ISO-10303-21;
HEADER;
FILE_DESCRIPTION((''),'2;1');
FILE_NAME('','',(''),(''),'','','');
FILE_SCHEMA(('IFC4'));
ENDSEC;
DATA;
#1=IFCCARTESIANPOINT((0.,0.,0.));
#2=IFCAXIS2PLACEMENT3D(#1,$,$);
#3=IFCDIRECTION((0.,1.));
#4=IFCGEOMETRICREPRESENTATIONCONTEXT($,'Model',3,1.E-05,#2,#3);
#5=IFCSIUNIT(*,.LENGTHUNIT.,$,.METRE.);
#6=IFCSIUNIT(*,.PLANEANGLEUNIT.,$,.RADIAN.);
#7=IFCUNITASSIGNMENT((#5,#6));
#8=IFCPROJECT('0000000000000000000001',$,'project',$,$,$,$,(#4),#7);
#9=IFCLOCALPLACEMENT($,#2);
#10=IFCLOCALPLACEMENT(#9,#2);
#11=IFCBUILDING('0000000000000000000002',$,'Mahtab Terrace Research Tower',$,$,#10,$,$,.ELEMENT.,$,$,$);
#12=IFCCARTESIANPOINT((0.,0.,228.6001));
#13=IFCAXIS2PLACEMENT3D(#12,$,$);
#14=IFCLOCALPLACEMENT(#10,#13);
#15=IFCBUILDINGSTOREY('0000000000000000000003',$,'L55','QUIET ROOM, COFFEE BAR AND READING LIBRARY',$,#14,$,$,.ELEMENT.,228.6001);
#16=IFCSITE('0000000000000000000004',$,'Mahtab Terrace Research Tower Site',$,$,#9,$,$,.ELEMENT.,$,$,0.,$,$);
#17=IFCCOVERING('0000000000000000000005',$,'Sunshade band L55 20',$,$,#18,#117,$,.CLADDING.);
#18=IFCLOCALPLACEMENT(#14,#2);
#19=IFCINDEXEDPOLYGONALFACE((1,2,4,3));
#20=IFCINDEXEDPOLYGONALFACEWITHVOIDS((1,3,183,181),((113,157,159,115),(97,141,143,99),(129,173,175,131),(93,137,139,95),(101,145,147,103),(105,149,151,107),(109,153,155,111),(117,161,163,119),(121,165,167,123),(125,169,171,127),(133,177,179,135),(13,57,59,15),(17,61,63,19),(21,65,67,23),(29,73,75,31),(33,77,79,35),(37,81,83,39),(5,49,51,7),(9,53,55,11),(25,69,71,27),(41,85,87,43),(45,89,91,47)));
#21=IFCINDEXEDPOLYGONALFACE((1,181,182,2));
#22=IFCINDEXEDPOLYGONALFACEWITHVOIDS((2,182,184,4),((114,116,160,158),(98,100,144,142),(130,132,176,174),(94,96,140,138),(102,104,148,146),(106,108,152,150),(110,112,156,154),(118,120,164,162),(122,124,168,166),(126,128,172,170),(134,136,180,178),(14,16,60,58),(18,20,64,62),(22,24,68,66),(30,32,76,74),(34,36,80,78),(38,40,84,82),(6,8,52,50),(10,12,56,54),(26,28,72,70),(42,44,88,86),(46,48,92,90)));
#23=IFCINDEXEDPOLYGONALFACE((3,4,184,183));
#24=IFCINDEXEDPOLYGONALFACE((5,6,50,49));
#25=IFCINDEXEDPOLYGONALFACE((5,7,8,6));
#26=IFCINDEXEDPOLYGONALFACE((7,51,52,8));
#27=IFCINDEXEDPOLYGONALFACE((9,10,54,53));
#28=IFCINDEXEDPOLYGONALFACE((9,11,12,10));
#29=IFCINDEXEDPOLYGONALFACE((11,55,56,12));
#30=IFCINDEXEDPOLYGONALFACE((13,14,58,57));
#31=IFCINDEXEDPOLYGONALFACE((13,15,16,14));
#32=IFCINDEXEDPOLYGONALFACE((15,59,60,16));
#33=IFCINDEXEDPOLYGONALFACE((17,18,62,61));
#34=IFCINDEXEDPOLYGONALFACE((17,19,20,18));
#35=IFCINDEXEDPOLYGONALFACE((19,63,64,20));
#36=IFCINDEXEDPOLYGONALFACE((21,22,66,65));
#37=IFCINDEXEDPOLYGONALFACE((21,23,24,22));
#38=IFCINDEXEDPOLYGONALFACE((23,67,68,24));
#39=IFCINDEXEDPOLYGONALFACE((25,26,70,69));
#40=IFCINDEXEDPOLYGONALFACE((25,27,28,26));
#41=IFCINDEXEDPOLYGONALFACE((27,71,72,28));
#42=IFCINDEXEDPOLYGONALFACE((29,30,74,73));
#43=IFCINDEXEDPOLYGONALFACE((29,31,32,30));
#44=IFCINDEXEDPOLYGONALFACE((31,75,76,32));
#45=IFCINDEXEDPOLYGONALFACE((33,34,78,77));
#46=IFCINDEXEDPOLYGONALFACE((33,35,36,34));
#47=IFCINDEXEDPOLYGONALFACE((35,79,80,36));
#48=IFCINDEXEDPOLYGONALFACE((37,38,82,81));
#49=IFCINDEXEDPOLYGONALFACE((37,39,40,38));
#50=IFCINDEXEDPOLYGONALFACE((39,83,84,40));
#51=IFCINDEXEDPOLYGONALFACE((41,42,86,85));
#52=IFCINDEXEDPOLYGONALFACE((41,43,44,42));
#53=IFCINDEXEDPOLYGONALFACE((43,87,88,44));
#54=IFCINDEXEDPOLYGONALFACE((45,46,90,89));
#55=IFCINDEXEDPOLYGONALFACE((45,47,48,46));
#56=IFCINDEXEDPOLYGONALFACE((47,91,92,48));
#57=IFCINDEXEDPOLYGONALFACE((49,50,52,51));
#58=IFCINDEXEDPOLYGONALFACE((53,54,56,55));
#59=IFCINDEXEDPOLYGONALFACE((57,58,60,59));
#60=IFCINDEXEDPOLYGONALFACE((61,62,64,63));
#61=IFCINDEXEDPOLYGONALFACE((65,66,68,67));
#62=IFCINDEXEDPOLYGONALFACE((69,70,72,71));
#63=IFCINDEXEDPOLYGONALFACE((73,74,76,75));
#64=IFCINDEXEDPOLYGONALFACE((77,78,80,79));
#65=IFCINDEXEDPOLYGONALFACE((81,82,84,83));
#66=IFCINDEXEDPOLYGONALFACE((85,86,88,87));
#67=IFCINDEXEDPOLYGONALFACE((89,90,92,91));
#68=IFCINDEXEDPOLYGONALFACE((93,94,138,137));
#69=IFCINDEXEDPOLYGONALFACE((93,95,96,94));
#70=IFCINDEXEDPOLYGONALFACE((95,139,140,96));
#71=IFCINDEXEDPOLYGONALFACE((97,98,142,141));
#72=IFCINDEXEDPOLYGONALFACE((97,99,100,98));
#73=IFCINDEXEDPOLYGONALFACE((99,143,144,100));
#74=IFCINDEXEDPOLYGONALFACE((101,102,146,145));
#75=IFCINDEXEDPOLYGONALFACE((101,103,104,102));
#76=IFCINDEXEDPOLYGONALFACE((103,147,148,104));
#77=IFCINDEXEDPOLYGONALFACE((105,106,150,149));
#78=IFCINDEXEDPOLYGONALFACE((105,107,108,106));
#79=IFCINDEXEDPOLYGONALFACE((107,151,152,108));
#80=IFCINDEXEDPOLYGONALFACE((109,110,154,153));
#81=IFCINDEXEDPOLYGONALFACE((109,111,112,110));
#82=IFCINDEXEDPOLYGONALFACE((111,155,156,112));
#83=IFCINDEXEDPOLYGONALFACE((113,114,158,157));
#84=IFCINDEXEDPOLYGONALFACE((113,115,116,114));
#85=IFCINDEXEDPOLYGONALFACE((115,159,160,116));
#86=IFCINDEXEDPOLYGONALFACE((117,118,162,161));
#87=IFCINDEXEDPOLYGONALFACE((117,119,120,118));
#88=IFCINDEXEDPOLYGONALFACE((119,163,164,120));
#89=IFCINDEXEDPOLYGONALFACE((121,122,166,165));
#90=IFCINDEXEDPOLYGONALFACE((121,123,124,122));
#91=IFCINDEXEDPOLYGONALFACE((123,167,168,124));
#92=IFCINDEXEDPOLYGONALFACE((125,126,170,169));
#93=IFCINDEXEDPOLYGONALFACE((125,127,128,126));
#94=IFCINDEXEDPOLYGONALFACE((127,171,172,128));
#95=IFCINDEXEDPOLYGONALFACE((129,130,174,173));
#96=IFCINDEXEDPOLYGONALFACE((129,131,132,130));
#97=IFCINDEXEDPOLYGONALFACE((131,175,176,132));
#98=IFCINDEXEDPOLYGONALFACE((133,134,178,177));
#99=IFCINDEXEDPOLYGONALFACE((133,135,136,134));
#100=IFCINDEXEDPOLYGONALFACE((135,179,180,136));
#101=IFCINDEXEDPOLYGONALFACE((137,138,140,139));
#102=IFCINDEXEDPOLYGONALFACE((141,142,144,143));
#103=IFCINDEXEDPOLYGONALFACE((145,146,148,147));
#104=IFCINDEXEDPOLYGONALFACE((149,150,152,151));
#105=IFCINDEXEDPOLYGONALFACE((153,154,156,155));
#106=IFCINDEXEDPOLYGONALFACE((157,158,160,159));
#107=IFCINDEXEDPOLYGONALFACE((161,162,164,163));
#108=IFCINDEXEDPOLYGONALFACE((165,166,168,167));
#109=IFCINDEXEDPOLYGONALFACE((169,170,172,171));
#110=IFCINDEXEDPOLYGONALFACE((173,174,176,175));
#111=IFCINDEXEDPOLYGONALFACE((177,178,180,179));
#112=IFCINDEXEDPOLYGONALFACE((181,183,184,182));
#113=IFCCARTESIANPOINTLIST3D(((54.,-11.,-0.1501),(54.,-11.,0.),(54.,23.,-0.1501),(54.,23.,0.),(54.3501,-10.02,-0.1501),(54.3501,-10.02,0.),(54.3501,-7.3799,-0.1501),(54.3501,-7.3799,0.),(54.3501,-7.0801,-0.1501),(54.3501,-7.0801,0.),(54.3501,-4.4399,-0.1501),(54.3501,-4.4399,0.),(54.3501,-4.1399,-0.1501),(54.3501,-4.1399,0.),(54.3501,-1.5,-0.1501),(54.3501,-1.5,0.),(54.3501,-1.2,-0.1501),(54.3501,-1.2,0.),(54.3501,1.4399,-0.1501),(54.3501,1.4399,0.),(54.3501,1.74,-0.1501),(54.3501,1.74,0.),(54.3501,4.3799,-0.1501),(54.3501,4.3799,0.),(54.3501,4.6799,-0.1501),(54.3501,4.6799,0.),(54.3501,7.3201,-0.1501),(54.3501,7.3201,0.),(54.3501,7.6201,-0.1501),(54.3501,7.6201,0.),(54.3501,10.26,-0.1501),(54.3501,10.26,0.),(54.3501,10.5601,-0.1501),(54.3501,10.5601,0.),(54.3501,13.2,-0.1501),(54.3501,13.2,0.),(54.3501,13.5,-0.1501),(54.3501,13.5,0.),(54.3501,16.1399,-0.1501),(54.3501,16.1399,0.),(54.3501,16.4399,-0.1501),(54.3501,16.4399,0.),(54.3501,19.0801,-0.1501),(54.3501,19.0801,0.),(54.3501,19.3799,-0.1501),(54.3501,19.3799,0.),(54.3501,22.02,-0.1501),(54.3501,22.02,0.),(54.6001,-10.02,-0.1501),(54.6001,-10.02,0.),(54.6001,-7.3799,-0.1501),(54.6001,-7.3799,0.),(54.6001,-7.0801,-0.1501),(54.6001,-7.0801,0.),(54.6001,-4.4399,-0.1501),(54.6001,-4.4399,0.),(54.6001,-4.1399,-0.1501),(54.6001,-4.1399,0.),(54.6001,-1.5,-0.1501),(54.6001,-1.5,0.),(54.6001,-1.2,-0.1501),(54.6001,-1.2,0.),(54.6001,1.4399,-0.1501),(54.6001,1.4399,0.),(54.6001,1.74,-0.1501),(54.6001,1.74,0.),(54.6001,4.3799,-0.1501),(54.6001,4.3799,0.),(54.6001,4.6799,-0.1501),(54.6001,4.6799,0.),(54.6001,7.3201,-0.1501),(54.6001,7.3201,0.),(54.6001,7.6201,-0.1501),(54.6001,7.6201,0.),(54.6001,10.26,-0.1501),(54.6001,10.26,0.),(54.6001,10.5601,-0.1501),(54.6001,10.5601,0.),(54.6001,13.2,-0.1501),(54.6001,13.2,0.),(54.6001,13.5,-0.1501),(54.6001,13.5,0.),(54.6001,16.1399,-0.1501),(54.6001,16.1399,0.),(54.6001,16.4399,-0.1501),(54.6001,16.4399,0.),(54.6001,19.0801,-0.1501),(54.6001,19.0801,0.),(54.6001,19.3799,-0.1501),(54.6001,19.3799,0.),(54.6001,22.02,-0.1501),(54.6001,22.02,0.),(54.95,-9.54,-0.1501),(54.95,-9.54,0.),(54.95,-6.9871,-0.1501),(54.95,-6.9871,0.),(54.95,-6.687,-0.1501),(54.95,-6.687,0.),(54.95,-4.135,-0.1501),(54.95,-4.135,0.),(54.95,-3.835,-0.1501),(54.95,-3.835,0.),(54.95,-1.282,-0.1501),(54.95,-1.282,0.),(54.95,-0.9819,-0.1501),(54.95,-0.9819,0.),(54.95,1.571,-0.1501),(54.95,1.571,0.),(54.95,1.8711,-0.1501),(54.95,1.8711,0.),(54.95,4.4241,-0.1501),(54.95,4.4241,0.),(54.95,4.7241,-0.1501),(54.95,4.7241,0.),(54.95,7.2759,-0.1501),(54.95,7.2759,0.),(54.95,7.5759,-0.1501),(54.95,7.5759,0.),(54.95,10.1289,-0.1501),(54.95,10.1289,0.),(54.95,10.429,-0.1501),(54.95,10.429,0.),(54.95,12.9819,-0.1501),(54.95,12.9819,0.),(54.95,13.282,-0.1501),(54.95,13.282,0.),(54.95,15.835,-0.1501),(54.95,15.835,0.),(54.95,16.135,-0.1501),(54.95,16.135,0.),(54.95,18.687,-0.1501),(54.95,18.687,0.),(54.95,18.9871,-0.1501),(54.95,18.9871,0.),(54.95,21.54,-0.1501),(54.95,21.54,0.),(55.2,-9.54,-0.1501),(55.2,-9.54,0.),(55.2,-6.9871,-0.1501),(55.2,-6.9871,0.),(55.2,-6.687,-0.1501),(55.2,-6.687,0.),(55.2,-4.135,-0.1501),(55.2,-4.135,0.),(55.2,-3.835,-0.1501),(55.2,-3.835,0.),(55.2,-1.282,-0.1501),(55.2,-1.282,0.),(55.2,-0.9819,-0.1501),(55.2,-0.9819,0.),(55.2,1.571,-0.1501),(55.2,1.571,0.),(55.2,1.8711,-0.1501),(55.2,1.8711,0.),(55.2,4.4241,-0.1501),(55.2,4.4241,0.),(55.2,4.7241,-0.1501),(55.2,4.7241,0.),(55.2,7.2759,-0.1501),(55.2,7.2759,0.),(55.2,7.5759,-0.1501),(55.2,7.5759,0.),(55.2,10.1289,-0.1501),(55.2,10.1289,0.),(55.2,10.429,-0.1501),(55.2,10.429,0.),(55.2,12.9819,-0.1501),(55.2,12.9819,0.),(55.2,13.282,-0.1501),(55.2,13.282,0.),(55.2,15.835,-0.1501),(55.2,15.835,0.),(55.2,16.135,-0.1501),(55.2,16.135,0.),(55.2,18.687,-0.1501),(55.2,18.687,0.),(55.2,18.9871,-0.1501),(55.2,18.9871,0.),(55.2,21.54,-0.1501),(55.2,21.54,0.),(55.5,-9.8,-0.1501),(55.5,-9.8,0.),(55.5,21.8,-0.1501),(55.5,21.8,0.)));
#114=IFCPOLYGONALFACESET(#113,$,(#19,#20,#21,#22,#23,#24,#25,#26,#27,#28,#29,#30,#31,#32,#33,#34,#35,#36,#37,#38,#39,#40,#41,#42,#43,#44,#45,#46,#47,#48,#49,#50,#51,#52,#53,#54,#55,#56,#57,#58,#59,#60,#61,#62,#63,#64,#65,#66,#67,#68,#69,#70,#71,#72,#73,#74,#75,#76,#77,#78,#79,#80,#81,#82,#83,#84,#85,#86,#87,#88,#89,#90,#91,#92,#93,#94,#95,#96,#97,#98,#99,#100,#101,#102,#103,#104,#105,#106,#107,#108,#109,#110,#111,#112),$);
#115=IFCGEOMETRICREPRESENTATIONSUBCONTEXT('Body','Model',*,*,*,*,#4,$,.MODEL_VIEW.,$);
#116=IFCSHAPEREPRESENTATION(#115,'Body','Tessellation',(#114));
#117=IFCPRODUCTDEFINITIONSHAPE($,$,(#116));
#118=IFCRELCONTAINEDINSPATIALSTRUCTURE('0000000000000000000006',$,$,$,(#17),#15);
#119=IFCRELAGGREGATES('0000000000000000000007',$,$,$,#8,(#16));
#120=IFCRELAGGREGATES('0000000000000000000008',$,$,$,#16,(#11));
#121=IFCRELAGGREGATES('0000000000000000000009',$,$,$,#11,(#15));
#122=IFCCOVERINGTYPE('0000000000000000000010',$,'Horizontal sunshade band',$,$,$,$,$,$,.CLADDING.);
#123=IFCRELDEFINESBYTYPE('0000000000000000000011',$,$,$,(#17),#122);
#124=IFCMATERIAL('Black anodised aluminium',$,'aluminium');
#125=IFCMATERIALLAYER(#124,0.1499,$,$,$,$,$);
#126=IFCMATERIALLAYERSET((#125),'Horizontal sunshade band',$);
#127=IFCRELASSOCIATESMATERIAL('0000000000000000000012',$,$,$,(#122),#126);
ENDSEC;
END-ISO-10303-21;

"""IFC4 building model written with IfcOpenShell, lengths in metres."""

from ifc_helpers import new_model, si_unit, direction, frame, origin, place, context, subcontext, project, spatial, polyline, outline, extrude, material, layer, layer_set, type_object, element, save


model = new_model("IFC4")

# Units and contexts
model_context = context("Model", 3, precision=1e-05, world=origin(), true_north=direction((0.0, 1.0)))
body_context = subcontext(model_context, "Body", "Model", "MODEL_VIEW")
ifc_project = project(units=[si_unit("LENGTHUNIT", "METRE"), si_unit("PLANEANGLEUNIT", "RADIAN")], contexts=[model_context])

# Site, building, storey
site_placement = place(None, origin())
site = spatial("IfcSite", under=ifc_project, at=site_placement, Name="Mahtab Terrace Research Tower Site", CompositionType="ELEMENT", RefElevation=0.0)
building_placement = place(site_placement, origin())
building = spatial("IfcBuilding", under=site, at=building_placement, Name="Mahtab Terrace Research Tower", CompositionType="ELEMENT")
storey_placement = place(building_placement, frame((0.0, 0.0, 228.6001)))
storey = spatial("IfcBuildingStorey", under=building, at=storey_placement, Name="L55", Description="QUIET ROOM, COFFEE BAR AND READING LIBRARY", CompositionType="ELEMENT", Elevation=228.6001)

# Covering
ifc_material_1 = material(Name="Black anodised aluminium", Category="aluminium")
ifc_layer_1 = layer(ifc_material_1, 0.1499)
ifc_layer_set_1 = layer_set([ifc_layer_1], Name="Horizontal sunshade band")
covering_type_1 = type_object("IfcCoveringType", Name="Horizontal sunshade band", PredefinedType="CLADDING", material=ifc_layer_set_1)
covering_1_placement = place(storey_placement, frame((0.0, 0.0, -0.1501)))
element("IfcCovering", 1, at=covering_1_placement, inside=storey, type_object=covering_type_1, Name="Sunshade band L55 20", PredefinedType="CLADDING", context=body_context, shape_type="SweptSolid", body=[
    extrude(outline(polyline([(54.0, -11.0), (54.0, 23.0), (55.5, 21.8), (55.5, -9.8), (54.0, -11.0)]), holes=[polyline([(54.3501, -10.02), (54.3501, -7.3799), (54.6001, -7.3799), (54.6001, -10.02), (54.3501, -10.02)]), polyline([(54.3501, -7.0801), (54.3501, -4.4399), (54.6001, -4.4399), (54.6001, -7.0801), (54.3501, -7.0801)]), polyline([(54.3501, -4.1399), (54.3501, -1.5), (54.6001, -1.5), (54.6001, -4.1399), (54.3501, -4.1399)]), polyline([(54.3501, -1.2), (54.3501, 1.4399), (54.6001, 1.4399), (54.6001, -1.2), (54.3501, -1.2)]), polyline([(54.3501, 1.74), (54.3501, 4.3799), (54.6001, 4.3799), (54.6001, 1.74), (54.3501, 1.74)]), polyline([(54.3501, 4.6799), (54.3501, 7.3201), (54.6001, 7.3201), (54.6001, 4.6799), (54.3501, 4.6799)]), polyline([(54.3501, 7.6201), (54.3501, 10.26), (54.6001, 10.26), (54.6001, 7.6201), (54.3501, 7.6201)]), polyline([(54.3501, 10.5601), (54.3501, 13.2), (54.6001, 13.2), (54.6001, 10.5601), (54.3501, 10.5601)]), polyline([(54.3501, 13.5), (54.3501, 16.1399), (54.6001, 16.1399), (54.6001, 13.5), (54.3501, 13.5)]), polyline([(54.3501, 16.4399), (54.3501, 19.0801), (54.6001, 19.0801), (54.6001, 16.4399), (54.3501, 16.4399)]), polyline([(54.3501, 19.3799), (54.3501, 22.02), (54.6001, 22.02), (54.6001, 19.3799), (54.3501, 19.3799)]), polyline([(54.95, -9.54), (54.95, -6.9871), (55.2, -6.9871), (55.2, -9.54), (54.95, -9.54)]), polyline([(54.95, -6.687), (54.95, -4.135), (55.2, -4.135), (55.2, -6.687), (54.95, -6.687)]), polyline([(54.95, -3.835), (54.95, -1.282), (55.2, -1.282), (55.2, -3.835), (54.95, -3.835)]), polyline([(54.95, -0.9819), (54.95, 1.571), (55.2, 1.571), (55.2, -0.9819), (54.95, -0.9819)]), polyline([(54.95, 1.8711), (54.95, 4.4241), (55.2, 4.4241), (55.2, 1.8711), (54.95, 1.8711)]), polyline([(54.95, 4.7241), (54.95, 7.2759), (55.2, 7.2759), (55.2, 4.7241), (54.95, 4.7241)]), polyline([(54.95, 7.5759), (54.95, 10.1289), (55.2, 10.1289), (55.2, 7.5759), (54.95, 7.5759)]), polyline([(54.95, 10.429), (54.95, 12.9819), (55.2, 12.9819), (55.2, 10.429), (54.95, 10.429)]), polyline([(54.95, 13.282), (54.95, 15.835), (55.2, 15.835), (55.2, 13.282), (54.95, 13.282)]), polyline([(54.95, 16.135), (54.95, 18.687), (55.2, 18.687), (55.2, 16.135), (54.95, 16.135)]), polyline([(54.95, 18.9871), (54.95, 21.54), (55.2, 21.54), (55.2, 18.9871), (54.95, 18.9871)])]), origin(), (0.0, 0.0, 1.0), 0.1501),
])

save(model, "model.ifc")
